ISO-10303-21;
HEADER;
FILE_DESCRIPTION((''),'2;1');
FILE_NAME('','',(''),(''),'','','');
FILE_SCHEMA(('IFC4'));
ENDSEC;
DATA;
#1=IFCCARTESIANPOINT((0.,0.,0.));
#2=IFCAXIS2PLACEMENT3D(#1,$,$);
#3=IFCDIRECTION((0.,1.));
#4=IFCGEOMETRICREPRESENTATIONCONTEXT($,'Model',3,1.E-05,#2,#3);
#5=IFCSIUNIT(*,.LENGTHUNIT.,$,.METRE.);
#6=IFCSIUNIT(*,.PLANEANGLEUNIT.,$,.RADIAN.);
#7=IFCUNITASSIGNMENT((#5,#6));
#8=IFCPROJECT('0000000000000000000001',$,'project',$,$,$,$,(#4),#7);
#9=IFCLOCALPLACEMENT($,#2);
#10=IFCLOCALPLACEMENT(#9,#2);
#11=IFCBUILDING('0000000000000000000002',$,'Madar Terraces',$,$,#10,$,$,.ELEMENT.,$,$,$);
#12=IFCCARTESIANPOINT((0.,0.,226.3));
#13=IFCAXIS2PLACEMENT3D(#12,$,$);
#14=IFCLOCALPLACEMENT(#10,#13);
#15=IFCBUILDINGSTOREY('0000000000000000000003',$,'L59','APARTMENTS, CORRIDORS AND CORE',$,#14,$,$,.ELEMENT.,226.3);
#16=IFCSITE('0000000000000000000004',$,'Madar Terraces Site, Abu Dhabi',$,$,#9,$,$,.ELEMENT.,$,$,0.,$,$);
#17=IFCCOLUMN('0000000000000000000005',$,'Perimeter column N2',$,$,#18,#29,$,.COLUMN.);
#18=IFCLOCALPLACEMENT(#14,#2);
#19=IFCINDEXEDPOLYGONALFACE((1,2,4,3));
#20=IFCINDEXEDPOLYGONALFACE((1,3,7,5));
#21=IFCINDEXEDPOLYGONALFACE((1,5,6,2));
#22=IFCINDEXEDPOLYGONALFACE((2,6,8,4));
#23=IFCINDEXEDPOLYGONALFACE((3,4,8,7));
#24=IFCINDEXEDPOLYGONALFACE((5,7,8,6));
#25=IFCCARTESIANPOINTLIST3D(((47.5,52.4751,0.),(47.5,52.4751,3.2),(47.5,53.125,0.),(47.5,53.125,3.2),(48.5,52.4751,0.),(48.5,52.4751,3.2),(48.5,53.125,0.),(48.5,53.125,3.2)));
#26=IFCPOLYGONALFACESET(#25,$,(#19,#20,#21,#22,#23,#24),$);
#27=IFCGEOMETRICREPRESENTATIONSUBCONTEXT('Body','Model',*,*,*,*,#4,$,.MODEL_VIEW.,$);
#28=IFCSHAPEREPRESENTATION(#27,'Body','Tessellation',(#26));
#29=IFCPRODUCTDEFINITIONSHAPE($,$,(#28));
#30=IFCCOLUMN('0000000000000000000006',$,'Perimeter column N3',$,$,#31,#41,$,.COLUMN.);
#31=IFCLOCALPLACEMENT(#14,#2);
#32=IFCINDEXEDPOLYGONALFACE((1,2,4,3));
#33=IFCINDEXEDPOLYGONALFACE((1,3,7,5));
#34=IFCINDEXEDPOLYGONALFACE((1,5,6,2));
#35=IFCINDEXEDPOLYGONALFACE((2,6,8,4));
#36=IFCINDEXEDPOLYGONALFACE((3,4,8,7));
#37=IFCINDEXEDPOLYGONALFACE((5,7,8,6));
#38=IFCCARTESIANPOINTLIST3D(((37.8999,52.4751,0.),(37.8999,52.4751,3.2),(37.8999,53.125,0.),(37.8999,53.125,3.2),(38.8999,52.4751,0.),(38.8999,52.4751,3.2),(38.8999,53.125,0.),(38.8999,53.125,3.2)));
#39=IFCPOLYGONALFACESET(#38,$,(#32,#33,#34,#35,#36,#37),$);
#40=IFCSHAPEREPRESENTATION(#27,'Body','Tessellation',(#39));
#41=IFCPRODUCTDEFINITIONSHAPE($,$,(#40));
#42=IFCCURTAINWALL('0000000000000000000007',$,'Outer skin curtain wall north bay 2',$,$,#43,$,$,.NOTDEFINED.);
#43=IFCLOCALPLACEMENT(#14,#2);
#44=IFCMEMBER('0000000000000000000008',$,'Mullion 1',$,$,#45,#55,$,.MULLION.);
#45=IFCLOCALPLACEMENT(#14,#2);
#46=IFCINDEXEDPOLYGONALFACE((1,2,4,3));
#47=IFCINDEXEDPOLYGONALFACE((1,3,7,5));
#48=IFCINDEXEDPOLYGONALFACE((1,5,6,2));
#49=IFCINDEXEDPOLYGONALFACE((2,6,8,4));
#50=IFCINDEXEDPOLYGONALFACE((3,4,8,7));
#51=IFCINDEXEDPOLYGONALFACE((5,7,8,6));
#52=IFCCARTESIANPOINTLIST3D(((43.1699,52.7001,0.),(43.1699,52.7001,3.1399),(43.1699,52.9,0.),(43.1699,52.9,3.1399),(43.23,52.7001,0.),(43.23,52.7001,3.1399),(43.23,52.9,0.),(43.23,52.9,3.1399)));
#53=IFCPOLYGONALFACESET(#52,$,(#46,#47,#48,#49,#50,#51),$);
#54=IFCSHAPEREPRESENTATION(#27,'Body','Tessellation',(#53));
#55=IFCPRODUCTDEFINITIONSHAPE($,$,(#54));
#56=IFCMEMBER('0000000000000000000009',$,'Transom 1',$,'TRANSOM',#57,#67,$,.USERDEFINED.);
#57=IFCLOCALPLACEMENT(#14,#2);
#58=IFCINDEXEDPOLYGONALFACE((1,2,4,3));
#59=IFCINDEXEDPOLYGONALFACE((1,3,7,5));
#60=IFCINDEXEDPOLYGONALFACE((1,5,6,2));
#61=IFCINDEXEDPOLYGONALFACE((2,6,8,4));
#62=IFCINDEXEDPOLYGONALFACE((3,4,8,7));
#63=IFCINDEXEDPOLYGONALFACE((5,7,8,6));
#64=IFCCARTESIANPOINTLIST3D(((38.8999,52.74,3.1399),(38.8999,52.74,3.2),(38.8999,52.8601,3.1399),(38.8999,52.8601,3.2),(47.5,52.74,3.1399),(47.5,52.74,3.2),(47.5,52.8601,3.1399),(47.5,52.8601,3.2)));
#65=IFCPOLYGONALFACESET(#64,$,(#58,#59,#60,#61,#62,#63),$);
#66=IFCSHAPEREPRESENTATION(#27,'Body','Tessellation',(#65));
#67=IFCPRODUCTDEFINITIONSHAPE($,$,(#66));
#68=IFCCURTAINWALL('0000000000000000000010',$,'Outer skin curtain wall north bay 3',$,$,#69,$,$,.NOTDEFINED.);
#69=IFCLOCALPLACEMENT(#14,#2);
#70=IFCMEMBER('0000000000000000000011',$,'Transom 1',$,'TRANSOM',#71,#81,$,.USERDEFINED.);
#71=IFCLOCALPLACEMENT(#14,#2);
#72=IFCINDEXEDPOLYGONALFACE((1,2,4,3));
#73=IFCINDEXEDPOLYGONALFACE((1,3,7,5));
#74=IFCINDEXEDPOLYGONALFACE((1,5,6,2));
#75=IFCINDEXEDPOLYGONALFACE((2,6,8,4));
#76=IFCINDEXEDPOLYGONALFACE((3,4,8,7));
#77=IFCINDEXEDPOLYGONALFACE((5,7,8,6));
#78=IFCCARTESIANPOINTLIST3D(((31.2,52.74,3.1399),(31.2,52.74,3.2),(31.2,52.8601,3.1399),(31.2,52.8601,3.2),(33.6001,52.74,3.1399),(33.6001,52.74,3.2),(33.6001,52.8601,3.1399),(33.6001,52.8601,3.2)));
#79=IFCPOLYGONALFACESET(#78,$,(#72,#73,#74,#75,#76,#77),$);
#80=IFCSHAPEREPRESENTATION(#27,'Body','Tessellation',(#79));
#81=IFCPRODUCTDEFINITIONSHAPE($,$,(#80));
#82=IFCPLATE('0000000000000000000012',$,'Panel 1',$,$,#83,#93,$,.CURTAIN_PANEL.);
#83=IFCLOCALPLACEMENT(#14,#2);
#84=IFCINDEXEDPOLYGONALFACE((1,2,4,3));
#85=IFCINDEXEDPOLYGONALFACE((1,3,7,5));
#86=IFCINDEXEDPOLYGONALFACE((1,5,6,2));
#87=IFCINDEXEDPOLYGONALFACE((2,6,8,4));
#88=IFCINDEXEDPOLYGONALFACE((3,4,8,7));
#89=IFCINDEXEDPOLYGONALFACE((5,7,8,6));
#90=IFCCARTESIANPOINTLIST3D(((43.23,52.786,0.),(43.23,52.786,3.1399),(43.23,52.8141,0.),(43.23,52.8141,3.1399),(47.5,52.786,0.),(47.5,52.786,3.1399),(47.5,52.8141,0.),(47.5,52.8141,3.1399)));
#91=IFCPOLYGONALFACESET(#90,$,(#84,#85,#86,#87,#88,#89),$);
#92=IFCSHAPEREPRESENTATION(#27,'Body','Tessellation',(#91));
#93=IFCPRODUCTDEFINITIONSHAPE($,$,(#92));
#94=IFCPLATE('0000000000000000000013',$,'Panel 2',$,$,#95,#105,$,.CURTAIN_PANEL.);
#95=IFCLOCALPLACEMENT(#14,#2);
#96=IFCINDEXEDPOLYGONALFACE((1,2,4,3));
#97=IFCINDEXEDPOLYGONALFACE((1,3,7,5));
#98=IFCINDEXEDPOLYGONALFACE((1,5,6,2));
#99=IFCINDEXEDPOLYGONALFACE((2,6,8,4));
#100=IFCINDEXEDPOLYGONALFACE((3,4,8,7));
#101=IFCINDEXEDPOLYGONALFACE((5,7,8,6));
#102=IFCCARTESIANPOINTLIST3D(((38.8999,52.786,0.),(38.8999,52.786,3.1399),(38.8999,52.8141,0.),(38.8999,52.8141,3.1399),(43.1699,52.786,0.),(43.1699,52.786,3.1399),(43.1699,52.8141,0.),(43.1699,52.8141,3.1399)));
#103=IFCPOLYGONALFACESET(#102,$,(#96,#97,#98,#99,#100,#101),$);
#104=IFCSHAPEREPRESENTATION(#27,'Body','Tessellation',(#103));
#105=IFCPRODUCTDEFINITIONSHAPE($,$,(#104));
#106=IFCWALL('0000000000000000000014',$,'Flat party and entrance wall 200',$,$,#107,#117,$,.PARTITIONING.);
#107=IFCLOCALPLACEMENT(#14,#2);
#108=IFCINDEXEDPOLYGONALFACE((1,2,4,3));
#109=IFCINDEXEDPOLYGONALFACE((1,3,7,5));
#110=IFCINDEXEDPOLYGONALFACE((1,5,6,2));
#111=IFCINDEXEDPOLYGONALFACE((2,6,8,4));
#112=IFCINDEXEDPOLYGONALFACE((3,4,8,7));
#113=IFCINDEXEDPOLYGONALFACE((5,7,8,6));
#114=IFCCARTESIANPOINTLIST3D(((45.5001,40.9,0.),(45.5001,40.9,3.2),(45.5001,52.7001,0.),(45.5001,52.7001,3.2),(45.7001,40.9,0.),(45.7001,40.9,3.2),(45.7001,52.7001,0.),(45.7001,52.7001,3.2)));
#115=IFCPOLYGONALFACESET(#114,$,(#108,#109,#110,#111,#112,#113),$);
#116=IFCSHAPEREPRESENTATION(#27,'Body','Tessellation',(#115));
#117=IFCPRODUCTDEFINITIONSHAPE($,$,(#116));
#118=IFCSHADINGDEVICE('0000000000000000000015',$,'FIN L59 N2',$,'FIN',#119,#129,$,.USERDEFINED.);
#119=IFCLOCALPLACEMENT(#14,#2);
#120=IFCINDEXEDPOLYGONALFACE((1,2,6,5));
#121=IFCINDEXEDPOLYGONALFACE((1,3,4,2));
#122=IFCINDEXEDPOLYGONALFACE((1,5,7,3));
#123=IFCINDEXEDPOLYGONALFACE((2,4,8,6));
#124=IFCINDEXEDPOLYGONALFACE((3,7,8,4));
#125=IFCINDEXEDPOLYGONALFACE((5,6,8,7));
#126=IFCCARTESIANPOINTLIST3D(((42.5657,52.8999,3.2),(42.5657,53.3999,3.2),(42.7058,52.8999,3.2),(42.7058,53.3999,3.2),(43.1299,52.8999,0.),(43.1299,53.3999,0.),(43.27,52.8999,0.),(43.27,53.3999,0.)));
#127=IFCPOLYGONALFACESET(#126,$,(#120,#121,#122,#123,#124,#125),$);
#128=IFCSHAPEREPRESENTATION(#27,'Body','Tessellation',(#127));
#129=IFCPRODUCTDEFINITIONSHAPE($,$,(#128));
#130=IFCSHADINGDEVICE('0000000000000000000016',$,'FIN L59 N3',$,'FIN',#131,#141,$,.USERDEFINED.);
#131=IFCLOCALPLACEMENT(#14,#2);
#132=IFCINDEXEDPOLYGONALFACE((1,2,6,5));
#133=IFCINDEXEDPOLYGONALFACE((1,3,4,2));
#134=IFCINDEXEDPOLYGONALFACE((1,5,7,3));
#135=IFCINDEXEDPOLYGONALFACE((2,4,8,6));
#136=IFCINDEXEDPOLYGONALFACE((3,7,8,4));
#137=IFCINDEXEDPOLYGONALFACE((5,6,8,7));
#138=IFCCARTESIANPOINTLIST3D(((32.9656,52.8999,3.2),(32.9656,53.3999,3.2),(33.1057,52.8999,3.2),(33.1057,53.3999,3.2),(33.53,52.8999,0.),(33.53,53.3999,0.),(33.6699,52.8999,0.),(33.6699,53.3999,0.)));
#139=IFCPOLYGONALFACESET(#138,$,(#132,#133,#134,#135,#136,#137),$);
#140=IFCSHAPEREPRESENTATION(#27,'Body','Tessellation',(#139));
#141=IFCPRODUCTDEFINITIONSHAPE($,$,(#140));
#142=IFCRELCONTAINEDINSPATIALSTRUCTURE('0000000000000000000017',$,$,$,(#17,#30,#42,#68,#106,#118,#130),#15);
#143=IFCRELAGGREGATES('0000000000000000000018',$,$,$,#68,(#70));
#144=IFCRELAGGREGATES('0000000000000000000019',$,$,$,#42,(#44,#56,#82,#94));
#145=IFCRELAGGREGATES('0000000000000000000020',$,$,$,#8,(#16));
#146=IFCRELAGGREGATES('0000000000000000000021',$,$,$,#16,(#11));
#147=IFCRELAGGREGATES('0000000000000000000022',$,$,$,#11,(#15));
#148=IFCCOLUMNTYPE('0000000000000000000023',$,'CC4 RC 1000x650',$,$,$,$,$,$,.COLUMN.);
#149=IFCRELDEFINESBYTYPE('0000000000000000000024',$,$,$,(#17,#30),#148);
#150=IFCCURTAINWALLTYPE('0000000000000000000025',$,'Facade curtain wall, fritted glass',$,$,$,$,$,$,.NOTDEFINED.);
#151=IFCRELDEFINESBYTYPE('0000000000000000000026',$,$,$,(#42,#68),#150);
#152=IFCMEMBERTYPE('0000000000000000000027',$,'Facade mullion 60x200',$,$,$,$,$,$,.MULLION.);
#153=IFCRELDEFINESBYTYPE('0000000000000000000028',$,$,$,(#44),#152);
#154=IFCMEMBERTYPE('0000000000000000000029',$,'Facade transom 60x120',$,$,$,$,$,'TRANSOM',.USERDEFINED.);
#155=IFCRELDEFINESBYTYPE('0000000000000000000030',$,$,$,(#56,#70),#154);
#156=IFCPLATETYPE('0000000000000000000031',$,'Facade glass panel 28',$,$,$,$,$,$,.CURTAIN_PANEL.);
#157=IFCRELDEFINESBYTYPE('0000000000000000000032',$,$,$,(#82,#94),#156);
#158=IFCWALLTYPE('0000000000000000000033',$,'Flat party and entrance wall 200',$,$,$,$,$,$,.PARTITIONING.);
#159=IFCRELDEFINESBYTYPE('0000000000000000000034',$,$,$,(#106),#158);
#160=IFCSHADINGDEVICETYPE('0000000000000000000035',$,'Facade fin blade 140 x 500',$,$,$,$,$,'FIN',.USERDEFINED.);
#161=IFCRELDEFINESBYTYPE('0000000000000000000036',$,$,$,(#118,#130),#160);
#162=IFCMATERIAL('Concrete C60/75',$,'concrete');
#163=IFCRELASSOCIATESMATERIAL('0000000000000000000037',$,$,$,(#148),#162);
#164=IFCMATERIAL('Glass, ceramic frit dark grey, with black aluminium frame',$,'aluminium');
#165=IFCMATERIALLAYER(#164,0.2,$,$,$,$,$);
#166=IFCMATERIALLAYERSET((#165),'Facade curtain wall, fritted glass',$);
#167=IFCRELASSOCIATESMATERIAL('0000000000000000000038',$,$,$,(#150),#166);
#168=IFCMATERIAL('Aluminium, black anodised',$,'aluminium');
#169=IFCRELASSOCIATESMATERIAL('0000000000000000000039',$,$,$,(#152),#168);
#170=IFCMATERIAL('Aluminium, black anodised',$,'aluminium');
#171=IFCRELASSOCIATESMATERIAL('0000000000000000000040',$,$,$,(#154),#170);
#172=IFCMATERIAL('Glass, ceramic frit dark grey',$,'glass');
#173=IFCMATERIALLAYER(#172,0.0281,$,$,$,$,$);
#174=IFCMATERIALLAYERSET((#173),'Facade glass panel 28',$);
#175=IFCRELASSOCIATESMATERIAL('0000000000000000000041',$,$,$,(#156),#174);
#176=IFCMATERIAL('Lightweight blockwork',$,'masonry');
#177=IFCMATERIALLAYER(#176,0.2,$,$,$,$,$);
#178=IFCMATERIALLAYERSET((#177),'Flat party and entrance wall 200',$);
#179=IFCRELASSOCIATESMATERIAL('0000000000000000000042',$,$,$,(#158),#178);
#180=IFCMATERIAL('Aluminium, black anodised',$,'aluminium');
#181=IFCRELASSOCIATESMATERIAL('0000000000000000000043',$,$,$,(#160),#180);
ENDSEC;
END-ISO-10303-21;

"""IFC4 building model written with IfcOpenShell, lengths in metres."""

from ifc_helpers import new_model, si_unit, direction, frame, frame_2d, origin, origin_2d, place, context, subcontext, project, spatial, polyline, rectangle, outline, extrude, material, layer, layer_set, material_profile, profile_set, type_object, element, aggregate, save


model = new_model("IFC4")

# Units and contexts
model_context = context("Model", 3, precision=1e-05, world=origin(), true_north=direction((0.0, 1.0)))
body_context = subcontext(model_context, "Body", "Model", "MODEL_VIEW")
ifc_project = project(units=[si_unit("LENGTHUNIT", "METRE"), si_unit("PLANEANGLEUNIT", "RADIAN")], contexts=[model_context])

# Site, building, storey
site_placement = place(None, origin())
site = spatial("IfcSite", under=ifc_project, at=site_placement, Name="Madar Terraces Site, Abu Dhabi", CompositionType="ELEMENT", RefElevation=0.0)
building_placement = place(site_placement, origin())
building = spatial("IfcBuilding", under=site, at=building_placement, Name="Madar Terraces", CompositionType="ELEMENT")
storey_placement = place(building_placement, frame((0.0, 0.0, 226.3)))
storey = spatial("IfcBuildingStorey", under=building, at=storey_placement, Name="L59", Description="APARTMENTS, CORRIDORS AND CORE", CompositionType="ELEMENT", Elevation=226.3)

# Columns
ifc_material_1 = material(Name="Concrete C60/75", Category="concrete")
ifc_material_profile_1 = material_profile(ifc_material_1, rectangle(XDim=1.0, YDim=0.6499, at=origin_2d()), Name="CC4 RC 1000x650")
ifc_profile_set_1 = profile_set([ifc_material_profile_1], Name="Concrete C60/75")
column_type = type_object("IfcColumnType", Name="CC4 RC 1000x650", PredefinedType="COLUMN", material=ifc_profile_set_1)
for number, where, z_axis, x_axis, name in (
    (1, (48.0, 52.8, 0.0), (0.0, 0.0, 1.0), (1.0, 0.0, 0.0), "Perimeter column N2"),
    (2, (38.3999, 52.8, 0.0), (0.0, 0.0, 1.0), (1.0, 0.0, 0.0), "Perimeter column N3"),
):
    element("IfcColumn", number, at=place(storey_placement, frame(where, z_axis=z_axis, x_axis=x_axis)), inside=storey, type_object=column_type, Name=name, PredefinedType="COLUMN", context=body_context, shape_type="SweptSolid", body=[
        extrude(rectangle(XDim=1.0, YDim=0.6499, at=origin_2d()), origin(), (0.0, 0.0, 1.0), 3.2),
    ])

# Curtain wall, members
ifc_material_2 = material(Name="Glass, ceramic frit dark grey, with black aluminium frame", Category="aluminium")
ifc_layer_1 = layer(ifc_material_2, 0.2)
ifc_layer_set_1 = layer_set([ifc_layer_1], Name="Facade curtain wall, fritted glass")
curtain_wall_type = type_object("IfcCurtainWallType", Name="Facade curtain wall, fritted glass", PredefinedType="NOTDEFINED", material=ifc_layer_set_1)
curtain_wall_1_placement = place(storey_placement, origin())
curtain_wall_1 = element("IfcCurtainWall", 3, at=curtain_wall_1_placement, inside=storey, type_object=curtain_wall_type, Name="Outer skin curtain wall north bay 2", PredefinedType="NOTDEFINED")
ifc_material_3 = material(Name="Aluminium, black anodised", Category="aluminium")
ifc_material_profile_2 = material_profile(ifc_material_3, rectangle(XDim=0.2, YDim=0.0601, at=origin_2d()), Name="Facade mullion 60x200")
ifc_profile_set_2 = profile_set([ifc_material_profile_2], Name="Aluminium, black anodised")
member_type_1 = type_object("IfcMemberType", Name="Facade mullion 60x200", PredefinedType="MULLION", material=ifc_profile_set_2)
member_1_placement = place(storey_placement, frame((43.2, 52.8, 0.0), z_axis=(0.0, 0.0, 1.0), x_axis=(0.0, -1.0, 0.0)))
member_1 = element("IfcMember", 4, at=member_1_placement, type_object=member_type_1, Name="Mullion 1", PredefinedType="MULLION", context=body_context, shape_type="SweptSolid", body=[
    extrude(rectangle(XDim=0.2, YDim=0.0601, at=origin_2d()), origin(), (0.0, 0.0, 1.0), 3.1399),
])
ifc_material_4 = material(Name="Aluminium, black anodised", Category="aluminium")
ifc_material_profile_3 = material_profile(ifc_material_4, rectangle(XDim=0.1201, YDim=0.0601, at=origin_2d()), Name="Facade transom 60x120")
ifc_profile_set_3 = profile_set([ifc_material_profile_3], Name="Aluminium, black anodised")
member_type_2 = type_object("IfcMemberType", Name="Facade transom 60x120", ElementType="TRANSOM", PredefinedType="USERDEFINED", material=ifc_profile_set_3)
member_2_placement = place(storey_placement, frame((47.5, 52.8, 3.1699), z_axis=(-1.0, 0.0, 0.0), x_axis=(0.0, -1.0, 0.0)))
member_2 = element("IfcMember", 5, at=member_2_placement, type_object=member_type_2, Name="Transom 1", ObjectType="TRANSOM", PredefinedType="USERDEFINED", context=body_context, shape_type="SweptSolid", body=[
    extrude(rectangle(XDim=0.1201, YDim=0.0601, at=origin_2d()), origin(), (0.0, 0.0, 1.0), 8.6001),
])

# Curtain wall, member
curtain_wall_2_placement = place(storey_placement, origin())
curtain_wall_2 = element("IfcCurtainWall", 6, at=curtain_wall_2_placement, inside=storey, type_object=curtain_wall_type, Name="Outer skin curtain wall north bay 3", PredefinedType="NOTDEFINED")
member_3_placement = place(storey_placement, frame((33.6001, 52.8, 3.1699), z_axis=(-1.0, 0.0, 0.0), x_axis=(0.0, -1.0, 0.0)))
member_3 = element("IfcMember", 7, at=member_3_placement, type_object=member_type_2, Name="Transom 1", ObjectType="TRANSOM", PredefinedType="USERDEFINED", context=body_context, shape_type="SweptSolid", body=[
    extrude(rectangle(XDim=0.1201, YDim=0.0601, at=origin_2d()), origin(), (0.0, 0.0, 1.0), 2.4001),
])
aggregate(curtain_wall_2, [member_3])

# Plates
ifc_material_5 = material(Name="Glass, ceramic frit dark grey", Category="glass")
ifc_layer_2 = layer(ifc_material_5, 0.0281)
ifc_layer_set_2 = layer_set([ifc_layer_2], Name="Facade glass panel 28")
plate_type = type_object("IfcPlateType", Name="Facade glass panel 28", PredefinedType="CURTAIN_PANEL", material=ifc_layer_set_2)
plate_1_placement = place(storey_placement, frame((45.365, 52.8, 0.0), z_axis=(0.0, 0.0, 1.0), x_axis=(-1.0, 0.0, 0.0)))
plate_1 = element("IfcPlate", 8, at=plate_1_placement, type_object=plate_type, Name="Panel 1", PredefinedType="CURTAIN_PANEL", context=body_context, shape_type="SweptSolid", body=[
    extrude(rectangle(XDim=4.27, YDim=0.0281, at=origin_2d()), origin(), (0.0, 0.0, 1.0), 3.1399),
])
plate_2_placement = place(storey_placement, frame((41.0349, 52.8, 0.0), z_axis=(0.0, 0.0, 1.0), x_axis=(-1.0, 0.0, 0.0)))
plate_2 = element("IfcPlate", 9, at=plate_2_placement, type_object=plate_type, Name="Panel 2", PredefinedType="CURTAIN_PANEL", context=body_context, shape_type="SweptSolid", body=[
    extrude(rectangle(XDim=4.27, YDim=0.0281, at=origin_2d()), origin(), (0.0, 0.0, 1.0), 3.1399),
])
aggregate(curtain_wall_1, [member_1, member_2, plate_1, plate_2])

# Wall
ifc_material_6 = material(Name="Lightweight blockwork", Category="masonry")
ifc_layer_3 = layer(ifc_material_6, 0.2)
ifc_layer_set_3 = layer_set([ifc_layer_3], Name="Flat party and entrance wall 200")
wall_type_1 = type_object("IfcWallType", Name="Flat party and entrance wall 200", PredefinedType="PARTITIONING", material=ifc_layer_set_3)
wall_1_placement = place(storey_placement, frame((45.6001, 52.7, 0.0), z_axis=(0.0, 0.0, 1.0), x_axis=(0.0, -1.0, 0.0)))
element("IfcWall", 10, at=wall_1_placement, inside=storey, type_object=wall_type_1, Name="Flat party and entrance wall 200", PredefinedType="PARTITIONING", context=body_context, shape_type="SweptSolid", body=[
    extrude(rectangle(XDim=11.8, YDim=0.2, at=frame_2d((5.8999, 0.0))), origin(), (0.0, 0.0, 1.0), 3.2),
])

# Shading devices
ifc_material_7 = material(Name="Aluminium, black anodised", Category="aluminium")
shading_device_type = type_object("IfcShadingDeviceType", Name="Facade fin blade 140 x 500", ElementType="FIN", PredefinedType="USERDEFINED", material=ifc_material_7)
shading_device_1_placement = place(storey_placement, frame((43.27, 53.1499, 0.0), z_axis=(0.0, 0.0, 1.0), x_axis=(-1.0, 0.0, 0.0)))
element("IfcShadingDevice", 11, at=shading_device_1_placement, inside=storey, type_object=shading_device_type, Name="FIN L59 N2", ObjectType="FIN", PredefinedType="USERDEFINED", context=body_context, shape_type="SweptSolid", body=[
    extrude(outline(polyline([(0.0, 0.0), (0.1401, 0.0), (0.7043, 3.2), (0.5642, 3.2), (0.0, 0.0)])), frame((0.0, 0.25, 0.0), z_axis=(0.0, -1.0, 0.0), x_axis=(1.0, 0.0, 0.0)), (0.0, 0.0, 1.0), 0.5),
])
shading_device_2_placement = place(storey_placement, frame((33.6699, 53.1499, 0.0), z_axis=(0.0, 0.0, 1.0), x_axis=(-1.0, 0.0, 0.0)))
element("IfcShadingDevice", 12, at=shading_device_2_placement, inside=storey, type_object=shading_device_type, Name="FIN L59 N3", ObjectType="FIN", PredefinedType="USERDEFINED", context=body_context, shape_type="SweptSolid", body=[
    extrude(outline(polyline([(0.0, 0.0), (0.1399, 0.0), (0.7043, 3.2), (0.5642, 3.2), (0.0, 0.0)])), frame((0.0, 0.25, 0.0), z_axis=(0.0, -1.0, 0.0), x_axis=(1.0, 0.0, 0.0)), (0.0, 0.0, 1.0), 0.5),
])

save(model, "model.ifc")
